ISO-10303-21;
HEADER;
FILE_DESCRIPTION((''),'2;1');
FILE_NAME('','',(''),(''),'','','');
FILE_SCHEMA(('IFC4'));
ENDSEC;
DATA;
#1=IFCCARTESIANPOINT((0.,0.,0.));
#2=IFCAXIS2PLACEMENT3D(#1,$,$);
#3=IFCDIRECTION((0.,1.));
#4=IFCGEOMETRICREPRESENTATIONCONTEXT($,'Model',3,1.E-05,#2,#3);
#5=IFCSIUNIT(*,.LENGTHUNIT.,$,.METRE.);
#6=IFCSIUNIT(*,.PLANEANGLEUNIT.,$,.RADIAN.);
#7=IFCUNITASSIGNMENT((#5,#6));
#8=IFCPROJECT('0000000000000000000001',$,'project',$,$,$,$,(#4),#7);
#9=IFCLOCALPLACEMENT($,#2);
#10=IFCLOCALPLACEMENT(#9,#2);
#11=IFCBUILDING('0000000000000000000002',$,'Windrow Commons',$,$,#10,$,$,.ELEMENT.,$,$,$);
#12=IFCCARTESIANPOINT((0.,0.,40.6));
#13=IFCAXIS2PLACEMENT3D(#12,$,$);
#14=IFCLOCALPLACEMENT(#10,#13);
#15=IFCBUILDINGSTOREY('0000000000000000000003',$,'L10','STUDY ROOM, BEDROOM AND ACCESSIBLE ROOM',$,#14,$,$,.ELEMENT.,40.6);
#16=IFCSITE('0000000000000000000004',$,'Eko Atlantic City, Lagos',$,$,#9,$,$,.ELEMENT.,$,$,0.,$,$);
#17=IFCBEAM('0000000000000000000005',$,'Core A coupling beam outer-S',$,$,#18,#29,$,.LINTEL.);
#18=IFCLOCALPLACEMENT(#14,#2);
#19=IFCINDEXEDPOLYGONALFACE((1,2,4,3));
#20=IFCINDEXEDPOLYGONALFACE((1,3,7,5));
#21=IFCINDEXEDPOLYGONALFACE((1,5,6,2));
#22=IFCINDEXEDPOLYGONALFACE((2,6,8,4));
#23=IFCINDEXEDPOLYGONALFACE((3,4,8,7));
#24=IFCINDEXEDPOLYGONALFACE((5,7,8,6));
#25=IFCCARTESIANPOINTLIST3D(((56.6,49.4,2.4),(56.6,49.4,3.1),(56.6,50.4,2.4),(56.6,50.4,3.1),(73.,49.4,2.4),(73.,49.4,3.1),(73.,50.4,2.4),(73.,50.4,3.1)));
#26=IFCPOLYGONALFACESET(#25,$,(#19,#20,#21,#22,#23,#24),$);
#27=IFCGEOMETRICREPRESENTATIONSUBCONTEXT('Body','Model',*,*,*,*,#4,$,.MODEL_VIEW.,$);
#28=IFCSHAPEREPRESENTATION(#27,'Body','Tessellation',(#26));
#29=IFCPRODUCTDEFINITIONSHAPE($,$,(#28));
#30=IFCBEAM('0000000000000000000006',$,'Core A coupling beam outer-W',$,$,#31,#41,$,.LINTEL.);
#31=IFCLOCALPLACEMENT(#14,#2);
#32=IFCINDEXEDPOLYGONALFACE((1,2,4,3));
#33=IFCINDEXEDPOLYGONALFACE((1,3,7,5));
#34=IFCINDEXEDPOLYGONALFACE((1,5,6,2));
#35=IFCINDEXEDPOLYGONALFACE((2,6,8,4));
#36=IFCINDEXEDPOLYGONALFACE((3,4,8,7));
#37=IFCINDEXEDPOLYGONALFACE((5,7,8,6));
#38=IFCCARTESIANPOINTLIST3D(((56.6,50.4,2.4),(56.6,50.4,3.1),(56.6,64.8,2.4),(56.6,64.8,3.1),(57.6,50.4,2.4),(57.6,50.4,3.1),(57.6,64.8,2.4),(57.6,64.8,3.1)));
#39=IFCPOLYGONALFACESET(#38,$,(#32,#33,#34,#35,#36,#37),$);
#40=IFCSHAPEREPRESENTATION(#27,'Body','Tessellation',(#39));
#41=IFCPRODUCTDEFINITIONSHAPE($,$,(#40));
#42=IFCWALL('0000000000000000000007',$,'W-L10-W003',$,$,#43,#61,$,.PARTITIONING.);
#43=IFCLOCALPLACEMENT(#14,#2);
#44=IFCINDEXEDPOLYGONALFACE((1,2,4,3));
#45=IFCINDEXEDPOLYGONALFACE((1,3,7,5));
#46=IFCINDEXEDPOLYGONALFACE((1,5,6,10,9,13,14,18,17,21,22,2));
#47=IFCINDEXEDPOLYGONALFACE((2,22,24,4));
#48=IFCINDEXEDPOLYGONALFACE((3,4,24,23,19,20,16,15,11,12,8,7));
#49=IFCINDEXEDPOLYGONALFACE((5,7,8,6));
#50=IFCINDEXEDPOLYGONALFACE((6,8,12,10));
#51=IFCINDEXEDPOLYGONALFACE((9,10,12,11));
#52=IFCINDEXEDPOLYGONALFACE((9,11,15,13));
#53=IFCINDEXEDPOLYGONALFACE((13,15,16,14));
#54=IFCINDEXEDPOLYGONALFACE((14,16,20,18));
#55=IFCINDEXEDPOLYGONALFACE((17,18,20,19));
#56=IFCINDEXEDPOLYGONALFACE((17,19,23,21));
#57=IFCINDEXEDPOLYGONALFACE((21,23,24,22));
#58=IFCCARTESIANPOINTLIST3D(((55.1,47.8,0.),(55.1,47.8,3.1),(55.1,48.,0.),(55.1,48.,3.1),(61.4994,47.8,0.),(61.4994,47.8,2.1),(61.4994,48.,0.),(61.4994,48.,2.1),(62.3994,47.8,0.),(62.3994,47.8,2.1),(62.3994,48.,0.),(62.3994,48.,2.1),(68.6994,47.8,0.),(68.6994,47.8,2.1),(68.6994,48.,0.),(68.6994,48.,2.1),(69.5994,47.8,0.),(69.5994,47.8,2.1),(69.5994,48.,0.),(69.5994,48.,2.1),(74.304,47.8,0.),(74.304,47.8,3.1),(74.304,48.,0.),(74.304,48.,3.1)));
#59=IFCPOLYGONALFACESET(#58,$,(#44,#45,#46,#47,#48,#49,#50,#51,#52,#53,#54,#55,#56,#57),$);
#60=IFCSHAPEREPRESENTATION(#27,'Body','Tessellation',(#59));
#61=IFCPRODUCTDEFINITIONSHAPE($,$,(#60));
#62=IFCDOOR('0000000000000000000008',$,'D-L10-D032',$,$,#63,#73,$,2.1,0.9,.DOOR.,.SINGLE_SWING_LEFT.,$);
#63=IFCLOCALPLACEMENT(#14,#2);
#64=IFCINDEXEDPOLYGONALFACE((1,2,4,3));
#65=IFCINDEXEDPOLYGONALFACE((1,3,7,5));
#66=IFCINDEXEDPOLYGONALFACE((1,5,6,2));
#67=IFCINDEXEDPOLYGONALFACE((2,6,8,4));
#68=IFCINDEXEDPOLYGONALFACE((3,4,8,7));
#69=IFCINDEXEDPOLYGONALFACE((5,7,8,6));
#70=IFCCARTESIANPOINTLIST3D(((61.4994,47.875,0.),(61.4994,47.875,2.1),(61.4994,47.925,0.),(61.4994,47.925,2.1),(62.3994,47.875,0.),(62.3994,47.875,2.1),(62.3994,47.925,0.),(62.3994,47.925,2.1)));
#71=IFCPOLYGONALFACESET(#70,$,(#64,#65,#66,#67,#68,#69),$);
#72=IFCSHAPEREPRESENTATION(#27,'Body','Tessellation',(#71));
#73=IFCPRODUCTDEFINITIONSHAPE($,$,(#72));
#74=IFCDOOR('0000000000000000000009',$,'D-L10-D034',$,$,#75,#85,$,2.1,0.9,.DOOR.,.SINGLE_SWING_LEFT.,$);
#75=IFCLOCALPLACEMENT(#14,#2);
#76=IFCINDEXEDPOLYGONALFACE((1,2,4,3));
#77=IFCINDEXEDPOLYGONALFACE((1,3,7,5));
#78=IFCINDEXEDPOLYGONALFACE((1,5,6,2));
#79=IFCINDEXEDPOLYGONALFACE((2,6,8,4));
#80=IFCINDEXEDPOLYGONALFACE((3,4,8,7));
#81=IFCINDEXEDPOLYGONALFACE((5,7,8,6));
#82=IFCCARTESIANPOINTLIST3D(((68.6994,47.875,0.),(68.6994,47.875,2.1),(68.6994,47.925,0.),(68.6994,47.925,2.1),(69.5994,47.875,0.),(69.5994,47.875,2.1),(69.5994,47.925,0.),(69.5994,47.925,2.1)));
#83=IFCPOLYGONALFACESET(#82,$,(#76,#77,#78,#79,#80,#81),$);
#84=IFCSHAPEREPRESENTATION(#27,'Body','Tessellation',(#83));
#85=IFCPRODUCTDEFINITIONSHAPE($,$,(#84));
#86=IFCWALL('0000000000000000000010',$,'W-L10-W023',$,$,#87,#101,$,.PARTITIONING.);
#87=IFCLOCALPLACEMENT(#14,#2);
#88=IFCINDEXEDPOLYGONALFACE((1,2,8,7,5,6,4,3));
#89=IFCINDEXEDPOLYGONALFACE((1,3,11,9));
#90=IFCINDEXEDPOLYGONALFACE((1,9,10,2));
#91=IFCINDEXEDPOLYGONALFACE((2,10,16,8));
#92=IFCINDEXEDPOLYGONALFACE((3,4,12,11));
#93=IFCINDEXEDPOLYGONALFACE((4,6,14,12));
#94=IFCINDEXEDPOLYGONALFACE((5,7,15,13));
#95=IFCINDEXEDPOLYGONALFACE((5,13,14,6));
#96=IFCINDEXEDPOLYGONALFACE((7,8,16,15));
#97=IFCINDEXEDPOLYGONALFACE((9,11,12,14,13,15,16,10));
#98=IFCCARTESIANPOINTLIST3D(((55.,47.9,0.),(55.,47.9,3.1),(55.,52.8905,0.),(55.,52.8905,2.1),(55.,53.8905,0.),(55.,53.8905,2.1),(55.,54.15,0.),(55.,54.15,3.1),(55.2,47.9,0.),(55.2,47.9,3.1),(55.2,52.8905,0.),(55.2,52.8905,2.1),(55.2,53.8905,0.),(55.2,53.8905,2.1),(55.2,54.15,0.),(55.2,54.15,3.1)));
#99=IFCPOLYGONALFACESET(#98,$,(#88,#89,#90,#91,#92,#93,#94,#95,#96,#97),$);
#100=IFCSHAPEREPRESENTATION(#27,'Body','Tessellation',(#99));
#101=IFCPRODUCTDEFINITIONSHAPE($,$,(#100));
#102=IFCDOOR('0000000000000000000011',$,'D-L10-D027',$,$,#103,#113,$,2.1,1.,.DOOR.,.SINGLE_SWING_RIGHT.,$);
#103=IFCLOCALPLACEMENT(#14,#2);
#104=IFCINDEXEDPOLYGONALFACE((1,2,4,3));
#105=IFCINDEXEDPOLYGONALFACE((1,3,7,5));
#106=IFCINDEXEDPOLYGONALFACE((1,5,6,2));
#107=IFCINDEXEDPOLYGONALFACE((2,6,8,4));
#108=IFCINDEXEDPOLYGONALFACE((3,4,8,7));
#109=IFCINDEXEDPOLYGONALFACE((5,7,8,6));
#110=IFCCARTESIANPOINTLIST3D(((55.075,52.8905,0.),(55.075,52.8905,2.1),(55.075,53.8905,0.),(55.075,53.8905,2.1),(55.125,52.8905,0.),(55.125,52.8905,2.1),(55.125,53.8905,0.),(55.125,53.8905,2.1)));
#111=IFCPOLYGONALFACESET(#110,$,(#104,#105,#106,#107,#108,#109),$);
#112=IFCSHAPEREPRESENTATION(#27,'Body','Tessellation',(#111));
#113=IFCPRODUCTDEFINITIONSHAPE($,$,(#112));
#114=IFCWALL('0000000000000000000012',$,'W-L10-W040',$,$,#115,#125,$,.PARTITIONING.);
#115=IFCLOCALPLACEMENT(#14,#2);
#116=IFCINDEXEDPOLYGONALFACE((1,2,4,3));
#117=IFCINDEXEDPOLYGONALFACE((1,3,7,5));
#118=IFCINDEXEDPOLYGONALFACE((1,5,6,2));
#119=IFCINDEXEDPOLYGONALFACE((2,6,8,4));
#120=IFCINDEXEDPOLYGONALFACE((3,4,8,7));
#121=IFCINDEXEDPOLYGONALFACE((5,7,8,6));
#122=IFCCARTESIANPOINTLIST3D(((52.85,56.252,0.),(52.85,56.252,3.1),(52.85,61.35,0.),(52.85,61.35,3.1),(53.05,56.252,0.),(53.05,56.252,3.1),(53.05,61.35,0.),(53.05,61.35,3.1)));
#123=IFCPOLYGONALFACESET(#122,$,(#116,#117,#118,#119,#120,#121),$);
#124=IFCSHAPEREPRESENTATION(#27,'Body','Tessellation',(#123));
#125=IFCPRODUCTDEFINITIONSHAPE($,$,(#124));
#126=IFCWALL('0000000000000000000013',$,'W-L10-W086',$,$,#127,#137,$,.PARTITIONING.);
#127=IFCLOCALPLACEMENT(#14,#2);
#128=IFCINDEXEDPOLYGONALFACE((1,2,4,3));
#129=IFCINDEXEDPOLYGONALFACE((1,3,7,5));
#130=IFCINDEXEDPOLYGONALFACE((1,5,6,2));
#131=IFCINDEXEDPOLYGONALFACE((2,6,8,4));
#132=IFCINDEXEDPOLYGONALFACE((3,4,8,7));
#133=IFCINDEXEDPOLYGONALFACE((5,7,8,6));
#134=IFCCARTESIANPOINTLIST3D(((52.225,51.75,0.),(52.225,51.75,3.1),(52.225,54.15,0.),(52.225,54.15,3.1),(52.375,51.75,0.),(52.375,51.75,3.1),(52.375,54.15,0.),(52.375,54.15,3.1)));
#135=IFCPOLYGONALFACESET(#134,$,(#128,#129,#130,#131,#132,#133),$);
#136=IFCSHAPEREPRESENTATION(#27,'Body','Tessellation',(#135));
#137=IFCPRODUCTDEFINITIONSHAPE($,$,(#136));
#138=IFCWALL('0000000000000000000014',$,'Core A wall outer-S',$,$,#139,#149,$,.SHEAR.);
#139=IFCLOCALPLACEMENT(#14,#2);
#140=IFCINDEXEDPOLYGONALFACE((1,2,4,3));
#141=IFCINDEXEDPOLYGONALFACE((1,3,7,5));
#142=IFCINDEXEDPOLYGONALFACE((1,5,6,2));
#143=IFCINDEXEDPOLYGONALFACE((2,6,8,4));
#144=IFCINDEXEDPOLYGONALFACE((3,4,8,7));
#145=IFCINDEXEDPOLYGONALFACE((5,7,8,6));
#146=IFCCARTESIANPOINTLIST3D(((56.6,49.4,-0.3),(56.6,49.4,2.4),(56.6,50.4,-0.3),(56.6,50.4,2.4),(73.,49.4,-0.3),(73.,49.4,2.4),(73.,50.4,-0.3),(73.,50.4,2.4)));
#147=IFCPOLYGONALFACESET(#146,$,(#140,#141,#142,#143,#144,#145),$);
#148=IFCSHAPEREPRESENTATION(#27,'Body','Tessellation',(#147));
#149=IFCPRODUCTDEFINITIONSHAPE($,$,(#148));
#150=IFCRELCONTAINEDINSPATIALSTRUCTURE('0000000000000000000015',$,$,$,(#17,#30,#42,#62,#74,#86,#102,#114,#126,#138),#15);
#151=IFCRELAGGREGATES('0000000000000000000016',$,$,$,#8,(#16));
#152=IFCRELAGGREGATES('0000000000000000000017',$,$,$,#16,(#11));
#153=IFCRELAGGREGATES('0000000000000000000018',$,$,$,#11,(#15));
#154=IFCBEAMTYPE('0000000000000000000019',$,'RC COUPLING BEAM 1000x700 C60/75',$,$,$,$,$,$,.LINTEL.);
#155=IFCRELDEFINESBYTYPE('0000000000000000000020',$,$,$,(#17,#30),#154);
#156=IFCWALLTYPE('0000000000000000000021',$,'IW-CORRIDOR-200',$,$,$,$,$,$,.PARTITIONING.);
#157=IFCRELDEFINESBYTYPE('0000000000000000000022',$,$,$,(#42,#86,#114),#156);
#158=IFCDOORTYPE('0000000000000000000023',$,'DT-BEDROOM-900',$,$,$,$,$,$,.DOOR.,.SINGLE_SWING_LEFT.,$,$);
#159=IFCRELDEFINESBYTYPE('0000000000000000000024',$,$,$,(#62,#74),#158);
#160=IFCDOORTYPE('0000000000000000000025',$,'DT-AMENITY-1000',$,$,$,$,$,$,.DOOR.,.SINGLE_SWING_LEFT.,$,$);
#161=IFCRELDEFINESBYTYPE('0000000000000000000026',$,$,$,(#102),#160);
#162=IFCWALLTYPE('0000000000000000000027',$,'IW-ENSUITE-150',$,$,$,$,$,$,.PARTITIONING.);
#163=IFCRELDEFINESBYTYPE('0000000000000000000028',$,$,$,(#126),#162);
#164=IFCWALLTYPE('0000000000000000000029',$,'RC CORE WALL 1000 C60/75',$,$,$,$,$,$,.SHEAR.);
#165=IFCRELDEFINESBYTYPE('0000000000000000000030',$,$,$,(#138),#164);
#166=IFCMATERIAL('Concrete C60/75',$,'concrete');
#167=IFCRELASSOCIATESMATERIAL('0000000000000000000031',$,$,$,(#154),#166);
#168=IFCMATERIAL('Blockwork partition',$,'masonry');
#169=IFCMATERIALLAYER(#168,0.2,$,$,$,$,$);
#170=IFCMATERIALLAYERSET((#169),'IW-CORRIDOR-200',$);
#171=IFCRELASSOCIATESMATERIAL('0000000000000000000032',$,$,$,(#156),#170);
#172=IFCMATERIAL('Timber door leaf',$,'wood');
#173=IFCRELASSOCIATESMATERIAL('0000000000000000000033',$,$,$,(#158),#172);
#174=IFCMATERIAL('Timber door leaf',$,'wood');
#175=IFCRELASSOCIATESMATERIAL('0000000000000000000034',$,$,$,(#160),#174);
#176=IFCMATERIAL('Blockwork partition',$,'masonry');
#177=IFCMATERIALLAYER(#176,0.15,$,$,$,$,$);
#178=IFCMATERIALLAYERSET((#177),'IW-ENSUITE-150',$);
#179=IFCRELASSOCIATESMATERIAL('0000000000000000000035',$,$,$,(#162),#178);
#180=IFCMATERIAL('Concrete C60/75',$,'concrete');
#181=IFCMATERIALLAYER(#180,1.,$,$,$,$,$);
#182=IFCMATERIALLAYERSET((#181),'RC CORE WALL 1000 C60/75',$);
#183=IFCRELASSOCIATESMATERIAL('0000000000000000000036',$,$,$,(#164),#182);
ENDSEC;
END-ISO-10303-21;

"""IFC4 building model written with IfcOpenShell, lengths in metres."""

from ifc_helpers import new_model, si_unit, direction, frame, frame_2d, origin, origin_2d, place, context, subcontext, project, spatial, rectangle, extrude, material, layer, layer_set, material_profile, profile_set, type_object, element, fill, save


model = new_model("IFC4")

# Units and contexts
model_context = context("Model", 3, precision=1e-05, world=origin(), true_north=direction((0.0, 1.0)))
body_context = subcontext(model_context, "Body", "Model", "MODEL_VIEW")
ifc_project = project(units=[si_unit("LENGTHUNIT", "METRE"), si_unit("PLANEANGLEUNIT", "RADIAN")], contexts=[model_context])

# Site, building, storey
site_placement = place(None, origin())
site = spatial("IfcSite", under=ifc_project, at=site_placement, Name="Eko Atlantic City, Lagos", CompositionType="ELEMENT", RefElevation=0.0)
building_placement = place(site_placement, origin())
building = spatial("IfcBuilding", under=site, at=building_placement, Name="Windrow Commons", CompositionType="ELEMENT")
storey_placement = place(building_placement, frame((0.0, 0.0, 40.6)))
storey = spatial("IfcBuildingStorey", under=building, at=storey_placement, Name="L10", Description="STUDY ROOM, BEDROOM AND ACCESSIBLE ROOM", CompositionType="ELEMENT", Elevation=40.6)

# Beams
ifc_material_1 = material(Name="Concrete C60/75", Category="concrete")
ifc_material_profile = material_profile(ifc_material_1, rectangle(XDim=1.0, YDim=0.7, at=origin_2d()))
ifc_profile_set = profile_set([ifc_material_profile], Name="Concrete C60/75")
beam_type = type_object("IfcBeamType", Name="RC COUPLING BEAM 1000x700 C60/75", PredefinedType="LINTEL", material=ifc_profile_set)
beam_1_placement = place(storey_placement, frame((56.6, 49.9, 2.75), z_axis=(1.0, 0.0, 0.0), x_axis=(0.0, 1.0, 0.0)))
element("IfcBeam", 1, at=beam_1_placement, inside=storey, type_object=beam_type, Name="Core A coupling beam outer-S", PredefinedType="LINTEL", context=body_context, shape_type="SweptSolid", body=[
    extrude(rectangle(XDim=1.0, YDim=0.7, at=origin_2d()), origin(), (0.0, 0.0, 1.0), 16.4),
])
beam_2_placement = place(storey_placement, frame((57.1, 50.4, 2.75), z_axis=(0.0, 1.0, 0.0), x_axis=(-1.0, 0.0, 0.0)))
element("IfcBeam", 2, at=beam_2_placement, inside=storey, type_object=beam_type, Name="Core A coupling beam outer-W", PredefinedType="LINTEL", context=body_context, shape_type="SweptSolid", body=[
    extrude(rectangle(XDim=1.0, YDim=0.7, at=origin_2d()), origin(), (0.0, 0.0, 1.0), 14.4),
])

# Wall, openings, doors
ifc_material_2 = material(Name="Blockwork partition", Category="masonry")
ifc_layer_1 = layer(ifc_material_2, 0.2)
ifc_layer_set_1 = layer_set([ifc_layer_1], Name="IW-CORRIDOR-200")
wall_type_1 = type_object("IfcWallType", Name="IW-CORRIDOR-200", PredefinedType="PARTITIONING", material=ifc_layer_set_1)
wall_1_placement = place(storey_placement, frame((55.1, 47.9, 0.0), z_axis=(0.0, 0.0, 1.0), x_axis=(1.0, 0.0, 0.0)))
wall_1 = element("IfcWall", 3, at=wall_1_placement, inside=storey, type_object=wall_type_1, Name="W-L10-W003", PredefinedType="PARTITIONING", context=body_context, shape_type="SweptSolid", body=[
    extrude(rectangle(XDim=19.204, YDim=0.2, at=frame_2d((9.602, 0.0))), origin(), (0.0, 0.0, 1.0), 3.1),
])
opening_1_placement = place(wall_1_placement, frame((6.3994, 0.0, 0.0)))
opening_1 = element("IfcOpeningElement", 4, at=opening_1_placement, cuts=wall_1, PredefinedType="OPENING", context=body_context, shape_type="SweptSolid", body=[
    extrude(rectangle(XDim=0.9, YDim=2.1, at=frame_2d((0.45, 1.05))), frame((0.0, 0.11, 0.0), z_axis=(0.0, -1.0, 0.0), x_axis=(1.0, 0.0, 0.0)), (0.0, 0.0, 1.0), 0.22),
])
opening_2_placement = place(wall_1_placement, frame((13.5994, 0.0, 0.0)))
opening_2 = element("IfcOpeningElement", 5, at=opening_2_placement, cuts=wall_1, PredefinedType="OPENING", context=body_context, shape_type="SweptSolid", body=[
    extrude(rectangle(XDim=0.9, YDim=2.1, at=frame_2d((0.45, 1.05))), frame((0.0, 0.11, 0.0), z_axis=(0.0, -1.0, 0.0), x_axis=(1.0, 0.0, 0.0)), (0.0, 0.0, 1.0), 0.22),
])
ifc_material_3 = material(Name="Timber door leaf", Category="wood")
door_type_1 = type_object("IfcDoorType", Name="DT-BEDROOM-900", OperationType="SINGLE_SWING_LEFT", PredefinedType="DOOR", material=ifc_material_3)
door_1_placement = place(opening_1_placement, origin())
door_1 = element("IfcDoor", 6, at=door_1_placement, inside=storey, type_object=door_type_1, Name="D-L10-D032", OperationType="SINGLE_SWING_LEFT", OverallHeight=2.1, OverallWidth=0.9, PredefinedType="DOOR", context=body_context, shape_type="SweptSolid", body=[
    extrude(rectangle(XDim=0.9, YDim=2.1, at=frame_2d((0.45, 1.05))), frame((0.0, 0.025, 0.0), z_axis=(0.0, -1.0, 0.0), x_axis=(1.0, 0.0, 0.0)), (0.0, 0.0, 1.0), 0.05),
])
fill(opening_1, door_1)
door_2_placement = place(opening_2_placement, origin())
door_2 = element("IfcDoor", 7, at=door_2_placement, inside=storey, type_object=door_type_1, Name="D-L10-D034", OperationType="SINGLE_SWING_LEFT", OverallHeight=2.1, OverallWidth=0.9, PredefinedType="DOOR", context=body_context, shape_type="SweptSolid", body=[
    extrude(rectangle(XDim=0.9, YDim=2.1, at=frame_2d((0.45, 1.05))), frame((0.0, 0.025, 0.0), z_axis=(0.0, -1.0, 0.0), x_axis=(1.0, 0.0, 0.0)), (0.0, 0.0, 1.0), 0.05),
])
fill(opening_2, door_2)

# Wall, opening, door
wall_2_placement = place(storey_placement, frame((55.1, 47.9, 0.0), z_axis=(0.0, 0.0, 1.0), x_axis=(0.0, 1.0, 0.0)))
wall_2 = element("IfcWall", 8, at=wall_2_placement, inside=storey, type_object=wall_type_1, Name="W-L10-W023", PredefinedType="PARTITIONING", context=body_context, shape_type="SweptSolid", body=[
    extrude(rectangle(XDim=6.25, YDim=0.2, at=frame_2d((3.125, 0.0))), origin(), (0.0, 0.0, 1.0), 3.1),
])
opening_3_placement = place(wall_2_placement, frame((4.9905, 0.0, 0.0)))
opening_3 = element("IfcOpeningElement", 9, at=opening_3_placement, cuts=wall_2, PredefinedType="OPENING", context=body_context, shape_type="SweptSolid", body=[
    extrude(rectangle(XDim=1.0, YDim=2.1, at=frame_2d((0.5, 1.05))), frame((0.0, 0.11, 0.0), z_axis=(0.0, -1.0, 0.0), x_axis=(1.0, 0.0, 0.0)), (0.0, 0.0, 1.0), 0.22),
])
ifc_material_4 = material(Name="Timber door leaf", Category="wood")
door_type_2 = type_object("IfcDoorType", Name="DT-AMENITY-1000", OperationType="SINGLE_SWING_LEFT", PredefinedType="DOOR", material=ifc_material_4)
door_3_placement = place(opening_3_placement, origin())
door_3 = element("IfcDoor", 10, at=door_3_placement, inside=storey, type_object=door_type_2, Name="D-L10-D027", OperationType="SINGLE_SWING_RIGHT", OverallHeight=2.1, OverallWidth=1.0, PredefinedType="DOOR", context=body_context, shape_type="SweptSolid", body=[
    extrude(rectangle(XDim=1.0, YDim=2.1, at=frame_2d((0.5, 1.05))), frame((0.0, 0.025, 0.0), z_axis=(0.0, -1.0, 0.0), x_axis=(1.0, 0.0, 0.0)), (0.0, 0.0, 1.0), 0.05),
])
fill(opening_3, door_3)

# Walls
wall_3_placement = place(storey_placement, frame((52.95, 56.252, 0.0), z_axis=(0.0, 0.0, 1.0), x_axis=(0.0, 1.0, 0.0)))
element("IfcWall", 11, at=wall_3_placement, inside=storey, type_object=wall_type_1, Name="W-L10-W040", PredefinedType="PARTITIONING", context=body_context, shape_type="SweptSolid", body=[
    extrude(rectangle(XDim=5.098, YDim=0.2, at=frame_2d((2.549, 0.0))), origin(), (0.0, 0.0, 1.0), 3.1),
])
ifc_material_5 = material(Name="Blockwork partition", Category="masonry")
ifc_layer_2 = layer(ifc_material_5, 0.15)
ifc_layer_set_2 = layer_set([ifc_layer_2], Name="IW-ENSUITE-150")
wall_type_2 = type_object("IfcWallType", Name="IW-ENSUITE-150", PredefinedType="PARTITIONING", material=ifc_layer_set_2)
wall_4_placement = place(storey_placement, frame((52.3, 51.75, 0.0), z_axis=(0.0, 0.0, 1.0), x_axis=(0.0, 1.0, 0.0)))
element("IfcWall", 12, at=wall_4_placement, inside=storey, type_object=wall_type_2, Name="W-L10-W086", PredefinedType="PARTITIONING", context=body_context, shape_type="SweptSolid", body=[
    extrude(rectangle(XDim=2.4, YDim=0.15, at=frame_2d((1.2, 0.0))), origin(), (0.0, 0.0, 1.0), 3.1),
])
ifc_material_6 = material(Name="Concrete C60/75", Category="concrete")
ifc_layer_3 = layer(ifc_material_6, 1.0)
ifc_layer_set_3 = layer_set([ifc_layer_3], Name="RC CORE WALL 1000 C60/75")
wall_type_3 = type_object("IfcWallType", Name="RC CORE WALL 1000 C60/75", PredefinedType="SHEAR", material=ifc_layer_set_3)
wall_5_placement = place(storey_placement, frame((56.6, 49.9, -0.3), z_axis=(0.0, 0.0, 1.0), x_axis=(1.0, 0.0, 0.0)))
element("IfcWall", 13, at=wall_5_placement, inside=storey, type_object=wall_type_3, Name="Core A wall outer-S", PredefinedType="SHEAR", context=body_context, shape_type="SweptSolid", body=[
    extrude(rectangle(XDim=16.4, YDim=1.0, at=frame_2d((8.2, 0.0))), origin(), (0.0, 0.0, 1.0), 2.7),
])

save(model, "model.ifc")
